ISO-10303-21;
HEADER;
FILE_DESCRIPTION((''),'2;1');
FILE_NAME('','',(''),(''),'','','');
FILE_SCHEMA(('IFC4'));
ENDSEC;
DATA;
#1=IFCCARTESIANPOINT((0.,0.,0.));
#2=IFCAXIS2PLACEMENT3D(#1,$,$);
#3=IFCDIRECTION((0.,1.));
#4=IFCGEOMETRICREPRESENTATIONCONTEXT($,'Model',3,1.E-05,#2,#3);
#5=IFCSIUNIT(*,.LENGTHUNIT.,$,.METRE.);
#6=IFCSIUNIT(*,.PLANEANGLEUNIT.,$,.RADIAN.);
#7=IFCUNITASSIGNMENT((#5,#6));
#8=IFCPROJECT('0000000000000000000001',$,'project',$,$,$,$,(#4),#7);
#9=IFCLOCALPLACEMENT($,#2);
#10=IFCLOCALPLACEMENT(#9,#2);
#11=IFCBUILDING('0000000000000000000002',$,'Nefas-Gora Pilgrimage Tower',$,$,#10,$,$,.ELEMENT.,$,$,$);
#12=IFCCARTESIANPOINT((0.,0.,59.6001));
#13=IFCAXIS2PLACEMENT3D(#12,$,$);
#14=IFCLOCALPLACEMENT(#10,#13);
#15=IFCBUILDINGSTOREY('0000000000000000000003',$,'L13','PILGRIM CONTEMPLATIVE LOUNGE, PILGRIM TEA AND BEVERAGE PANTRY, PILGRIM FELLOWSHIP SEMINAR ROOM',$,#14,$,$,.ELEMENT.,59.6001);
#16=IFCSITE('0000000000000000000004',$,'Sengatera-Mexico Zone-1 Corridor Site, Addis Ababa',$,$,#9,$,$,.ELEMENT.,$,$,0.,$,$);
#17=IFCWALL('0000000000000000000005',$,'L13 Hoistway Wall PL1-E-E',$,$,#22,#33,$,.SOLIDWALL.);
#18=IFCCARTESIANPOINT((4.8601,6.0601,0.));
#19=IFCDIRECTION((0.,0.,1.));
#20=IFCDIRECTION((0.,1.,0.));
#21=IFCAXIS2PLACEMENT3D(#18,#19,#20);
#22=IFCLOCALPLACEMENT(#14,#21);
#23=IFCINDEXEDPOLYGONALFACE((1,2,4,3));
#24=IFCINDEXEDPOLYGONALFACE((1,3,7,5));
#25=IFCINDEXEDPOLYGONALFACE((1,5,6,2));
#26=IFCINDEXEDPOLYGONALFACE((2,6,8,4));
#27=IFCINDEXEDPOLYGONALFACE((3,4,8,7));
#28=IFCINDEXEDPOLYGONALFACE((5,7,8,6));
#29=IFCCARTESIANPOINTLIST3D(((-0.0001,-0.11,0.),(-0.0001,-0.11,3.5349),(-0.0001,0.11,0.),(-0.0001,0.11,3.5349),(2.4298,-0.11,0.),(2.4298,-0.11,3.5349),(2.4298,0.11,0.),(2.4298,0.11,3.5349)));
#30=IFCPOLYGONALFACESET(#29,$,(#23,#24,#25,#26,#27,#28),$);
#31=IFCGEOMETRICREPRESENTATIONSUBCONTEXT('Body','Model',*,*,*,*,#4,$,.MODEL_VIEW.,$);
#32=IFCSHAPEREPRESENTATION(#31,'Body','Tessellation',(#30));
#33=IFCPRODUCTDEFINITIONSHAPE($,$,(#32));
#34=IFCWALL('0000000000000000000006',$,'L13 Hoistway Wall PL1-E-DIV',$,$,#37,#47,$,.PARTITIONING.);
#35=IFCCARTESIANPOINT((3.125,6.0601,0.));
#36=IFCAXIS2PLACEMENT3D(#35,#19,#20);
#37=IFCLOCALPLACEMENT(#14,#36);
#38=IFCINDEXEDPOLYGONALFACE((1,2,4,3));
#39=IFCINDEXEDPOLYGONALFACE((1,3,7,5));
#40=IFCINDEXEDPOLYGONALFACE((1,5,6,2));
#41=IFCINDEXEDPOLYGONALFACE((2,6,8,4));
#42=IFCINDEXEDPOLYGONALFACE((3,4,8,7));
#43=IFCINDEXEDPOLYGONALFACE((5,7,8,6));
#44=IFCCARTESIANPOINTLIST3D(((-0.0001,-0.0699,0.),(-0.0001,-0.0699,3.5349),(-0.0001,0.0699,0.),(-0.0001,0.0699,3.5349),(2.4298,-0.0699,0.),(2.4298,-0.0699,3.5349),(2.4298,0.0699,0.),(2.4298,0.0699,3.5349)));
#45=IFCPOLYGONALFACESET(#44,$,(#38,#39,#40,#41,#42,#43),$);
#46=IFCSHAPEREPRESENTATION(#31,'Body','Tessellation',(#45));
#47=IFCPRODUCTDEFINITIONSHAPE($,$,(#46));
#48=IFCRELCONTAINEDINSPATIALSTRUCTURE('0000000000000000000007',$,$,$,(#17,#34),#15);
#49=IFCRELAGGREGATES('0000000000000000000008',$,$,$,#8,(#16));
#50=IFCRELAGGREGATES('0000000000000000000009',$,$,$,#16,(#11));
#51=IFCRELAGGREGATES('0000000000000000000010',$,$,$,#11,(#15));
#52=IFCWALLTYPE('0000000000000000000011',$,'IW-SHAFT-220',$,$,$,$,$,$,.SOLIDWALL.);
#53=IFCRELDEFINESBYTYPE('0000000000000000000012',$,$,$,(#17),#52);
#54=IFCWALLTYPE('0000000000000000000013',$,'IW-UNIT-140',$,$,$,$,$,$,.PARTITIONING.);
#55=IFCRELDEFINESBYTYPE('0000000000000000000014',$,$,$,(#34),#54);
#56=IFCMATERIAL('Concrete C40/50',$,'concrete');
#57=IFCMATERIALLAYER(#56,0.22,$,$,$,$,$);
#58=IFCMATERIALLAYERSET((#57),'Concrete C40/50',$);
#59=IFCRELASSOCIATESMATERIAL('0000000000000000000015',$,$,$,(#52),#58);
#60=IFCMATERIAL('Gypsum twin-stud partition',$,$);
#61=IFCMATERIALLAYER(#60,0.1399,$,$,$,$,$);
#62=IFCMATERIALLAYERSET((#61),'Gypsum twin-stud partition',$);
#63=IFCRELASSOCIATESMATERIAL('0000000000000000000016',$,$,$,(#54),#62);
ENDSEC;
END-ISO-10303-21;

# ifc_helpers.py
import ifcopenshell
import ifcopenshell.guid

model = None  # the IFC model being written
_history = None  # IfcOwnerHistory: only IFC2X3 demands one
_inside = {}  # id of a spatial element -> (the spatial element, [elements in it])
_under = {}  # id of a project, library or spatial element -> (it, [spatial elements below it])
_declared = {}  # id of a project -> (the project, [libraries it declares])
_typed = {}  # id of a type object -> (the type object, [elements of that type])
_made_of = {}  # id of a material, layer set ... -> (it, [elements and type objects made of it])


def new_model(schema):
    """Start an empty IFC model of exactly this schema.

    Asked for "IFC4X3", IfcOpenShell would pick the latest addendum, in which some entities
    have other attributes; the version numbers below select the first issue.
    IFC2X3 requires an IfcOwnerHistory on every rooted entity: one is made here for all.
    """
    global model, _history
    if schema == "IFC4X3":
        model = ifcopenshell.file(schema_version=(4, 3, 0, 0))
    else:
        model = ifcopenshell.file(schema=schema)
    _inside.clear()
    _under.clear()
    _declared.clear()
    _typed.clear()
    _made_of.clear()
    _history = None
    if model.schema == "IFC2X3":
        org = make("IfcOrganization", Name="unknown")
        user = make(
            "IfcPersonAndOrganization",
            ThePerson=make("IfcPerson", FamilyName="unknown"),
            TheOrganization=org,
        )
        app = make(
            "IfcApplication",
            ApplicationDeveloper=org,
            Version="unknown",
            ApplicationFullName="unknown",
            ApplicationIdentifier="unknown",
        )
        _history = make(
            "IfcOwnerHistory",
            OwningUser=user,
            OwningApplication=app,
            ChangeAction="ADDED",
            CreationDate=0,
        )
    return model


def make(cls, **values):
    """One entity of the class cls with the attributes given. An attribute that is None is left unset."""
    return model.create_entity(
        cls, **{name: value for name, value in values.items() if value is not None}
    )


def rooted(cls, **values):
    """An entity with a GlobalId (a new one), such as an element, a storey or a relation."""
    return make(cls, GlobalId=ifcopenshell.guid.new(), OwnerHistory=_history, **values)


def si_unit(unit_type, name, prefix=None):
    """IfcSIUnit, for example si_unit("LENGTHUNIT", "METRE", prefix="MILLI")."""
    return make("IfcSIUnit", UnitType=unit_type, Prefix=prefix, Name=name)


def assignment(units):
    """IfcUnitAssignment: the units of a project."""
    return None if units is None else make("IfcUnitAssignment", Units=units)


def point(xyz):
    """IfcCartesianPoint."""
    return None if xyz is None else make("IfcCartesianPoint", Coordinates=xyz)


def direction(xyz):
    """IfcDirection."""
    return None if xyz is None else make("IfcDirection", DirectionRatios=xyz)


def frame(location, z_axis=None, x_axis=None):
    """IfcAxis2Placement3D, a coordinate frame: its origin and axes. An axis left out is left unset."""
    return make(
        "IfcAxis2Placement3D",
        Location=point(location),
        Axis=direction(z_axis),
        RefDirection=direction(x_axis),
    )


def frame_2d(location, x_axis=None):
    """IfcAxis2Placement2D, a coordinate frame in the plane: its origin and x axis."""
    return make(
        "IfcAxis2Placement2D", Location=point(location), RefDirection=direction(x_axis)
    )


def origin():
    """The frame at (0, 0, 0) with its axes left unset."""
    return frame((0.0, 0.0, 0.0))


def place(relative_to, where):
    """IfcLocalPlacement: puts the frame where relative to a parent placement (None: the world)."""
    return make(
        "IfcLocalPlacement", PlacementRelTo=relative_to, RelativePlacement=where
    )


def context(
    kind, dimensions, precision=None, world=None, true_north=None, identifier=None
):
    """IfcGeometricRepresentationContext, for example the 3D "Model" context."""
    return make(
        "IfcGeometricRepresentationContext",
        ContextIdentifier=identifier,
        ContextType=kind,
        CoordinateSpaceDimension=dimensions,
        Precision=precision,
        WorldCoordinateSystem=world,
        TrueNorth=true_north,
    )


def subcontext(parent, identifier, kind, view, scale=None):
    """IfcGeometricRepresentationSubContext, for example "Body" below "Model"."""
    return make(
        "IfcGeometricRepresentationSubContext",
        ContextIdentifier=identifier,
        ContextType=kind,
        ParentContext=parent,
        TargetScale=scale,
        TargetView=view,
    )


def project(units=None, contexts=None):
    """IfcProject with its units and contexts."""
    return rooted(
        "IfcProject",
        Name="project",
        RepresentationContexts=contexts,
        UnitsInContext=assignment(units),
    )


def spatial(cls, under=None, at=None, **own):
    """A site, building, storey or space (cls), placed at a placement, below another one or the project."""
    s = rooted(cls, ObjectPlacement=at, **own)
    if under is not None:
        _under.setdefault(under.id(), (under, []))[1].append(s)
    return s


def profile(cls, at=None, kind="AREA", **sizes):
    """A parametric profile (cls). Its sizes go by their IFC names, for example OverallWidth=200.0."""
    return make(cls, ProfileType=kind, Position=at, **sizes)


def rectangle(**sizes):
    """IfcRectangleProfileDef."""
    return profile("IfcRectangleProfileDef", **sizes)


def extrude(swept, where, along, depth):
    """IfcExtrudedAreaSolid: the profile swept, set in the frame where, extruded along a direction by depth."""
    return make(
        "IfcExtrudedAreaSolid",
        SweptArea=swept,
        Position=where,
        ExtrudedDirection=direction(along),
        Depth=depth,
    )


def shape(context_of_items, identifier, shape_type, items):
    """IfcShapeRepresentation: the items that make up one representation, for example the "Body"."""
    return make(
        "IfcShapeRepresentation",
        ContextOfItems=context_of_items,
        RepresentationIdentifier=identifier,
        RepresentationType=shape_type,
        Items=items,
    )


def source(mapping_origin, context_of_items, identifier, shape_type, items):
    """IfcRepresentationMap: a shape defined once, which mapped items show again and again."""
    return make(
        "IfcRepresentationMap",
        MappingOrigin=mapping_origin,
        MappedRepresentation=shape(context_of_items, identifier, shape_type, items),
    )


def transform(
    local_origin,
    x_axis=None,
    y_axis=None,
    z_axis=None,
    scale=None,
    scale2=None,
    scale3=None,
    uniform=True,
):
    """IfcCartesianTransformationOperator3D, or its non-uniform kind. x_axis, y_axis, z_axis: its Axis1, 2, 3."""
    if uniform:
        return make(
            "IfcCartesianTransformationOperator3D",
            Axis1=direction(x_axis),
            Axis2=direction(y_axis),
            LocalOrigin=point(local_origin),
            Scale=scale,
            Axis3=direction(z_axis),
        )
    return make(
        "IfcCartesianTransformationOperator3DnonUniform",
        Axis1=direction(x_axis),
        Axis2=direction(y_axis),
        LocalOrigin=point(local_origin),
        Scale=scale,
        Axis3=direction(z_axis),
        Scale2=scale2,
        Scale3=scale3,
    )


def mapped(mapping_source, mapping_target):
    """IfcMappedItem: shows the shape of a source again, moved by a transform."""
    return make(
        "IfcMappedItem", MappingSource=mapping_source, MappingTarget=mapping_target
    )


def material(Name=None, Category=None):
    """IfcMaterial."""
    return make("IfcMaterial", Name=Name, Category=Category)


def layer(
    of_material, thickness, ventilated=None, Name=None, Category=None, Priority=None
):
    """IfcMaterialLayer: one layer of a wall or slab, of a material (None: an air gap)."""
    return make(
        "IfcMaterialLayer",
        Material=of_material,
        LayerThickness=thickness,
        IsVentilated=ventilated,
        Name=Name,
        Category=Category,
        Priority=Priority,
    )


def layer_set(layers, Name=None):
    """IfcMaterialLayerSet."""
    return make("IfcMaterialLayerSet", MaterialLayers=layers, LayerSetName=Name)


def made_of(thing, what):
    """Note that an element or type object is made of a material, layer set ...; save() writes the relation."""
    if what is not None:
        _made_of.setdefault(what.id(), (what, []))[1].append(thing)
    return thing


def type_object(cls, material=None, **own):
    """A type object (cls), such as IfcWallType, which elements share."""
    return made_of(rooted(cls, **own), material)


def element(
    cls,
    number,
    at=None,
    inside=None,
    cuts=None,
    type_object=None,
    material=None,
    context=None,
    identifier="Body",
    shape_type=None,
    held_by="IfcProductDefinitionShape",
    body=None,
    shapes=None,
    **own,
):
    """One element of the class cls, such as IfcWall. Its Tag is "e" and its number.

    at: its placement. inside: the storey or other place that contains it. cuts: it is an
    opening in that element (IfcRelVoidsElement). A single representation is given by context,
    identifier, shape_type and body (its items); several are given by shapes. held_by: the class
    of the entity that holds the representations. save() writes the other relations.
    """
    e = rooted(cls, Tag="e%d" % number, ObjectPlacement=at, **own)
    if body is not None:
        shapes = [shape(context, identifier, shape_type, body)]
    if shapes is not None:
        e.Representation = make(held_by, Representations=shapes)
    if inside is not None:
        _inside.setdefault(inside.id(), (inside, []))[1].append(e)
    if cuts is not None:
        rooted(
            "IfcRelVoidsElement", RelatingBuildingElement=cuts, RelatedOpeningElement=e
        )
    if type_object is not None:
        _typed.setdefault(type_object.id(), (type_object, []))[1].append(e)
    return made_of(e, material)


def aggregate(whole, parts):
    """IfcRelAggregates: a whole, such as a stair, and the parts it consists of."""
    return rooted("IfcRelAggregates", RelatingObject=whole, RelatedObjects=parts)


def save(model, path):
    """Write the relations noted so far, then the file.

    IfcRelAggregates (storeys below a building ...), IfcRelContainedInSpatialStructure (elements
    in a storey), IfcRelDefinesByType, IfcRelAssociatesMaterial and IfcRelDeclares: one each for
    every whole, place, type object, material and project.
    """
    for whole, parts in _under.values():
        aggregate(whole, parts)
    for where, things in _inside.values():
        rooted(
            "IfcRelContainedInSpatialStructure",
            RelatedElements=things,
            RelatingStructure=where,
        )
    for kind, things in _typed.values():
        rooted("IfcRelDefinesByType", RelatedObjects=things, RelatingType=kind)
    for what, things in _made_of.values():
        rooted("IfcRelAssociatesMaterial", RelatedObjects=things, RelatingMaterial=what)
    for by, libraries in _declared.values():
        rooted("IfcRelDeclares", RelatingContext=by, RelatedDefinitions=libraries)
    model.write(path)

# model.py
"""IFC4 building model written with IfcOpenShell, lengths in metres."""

from ifc_helpers import new_model, si_unit, direction, frame, frame_2d, origin, place, context, subcontext, project, spatial, rectangle, extrude, source, transform, mapped, material, layer, layer_set, type_object, element, save


model = new_model("IFC4")

# Units and contexts
model_context = context("Model", 3, precision=1e-05, world=origin(), true_north=direction((0.0, 1.0)))
body_context = subcontext(model_context, "Body", "Model", "MODEL_VIEW")
ifc_project = project(units=[si_unit("LENGTHUNIT", "METRE"), si_unit("PLANEANGLEUNIT", "RADIAN")], contexts=[model_context])

# Site, building, storey
site_placement = place(None, origin())
site = spatial("IfcSite", under=ifc_project, at=site_placement, Name="Sengatera-Mexico Zone-1 Corridor Site, Addis Ababa", CompositionType="ELEMENT", RefElevation=0.0)
building_placement = place(site_placement, origin())
building = spatial("IfcBuilding", under=site, at=building_placement, Name="Nefas-Gora Pilgrimage Tower", CompositionType="ELEMENT")
storey_placement = place(building_placement, frame((0.0, 0.0, 59.6001)))
storey = spatial("IfcBuildingStorey", under=building, at=storey_placement, Name="L13", Description="PILGRIM CONTEMPLATIVE LOUNGE, PILGRIM TEA AND BEVERAGE PANTRY, PILGRIM FELLOWSHIP SEMINAR ROOM", CompositionType="ELEMENT", Elevation=59.6001)

# Shared definitions
ifc_material_1 = material(Name="Concrete C40/50", Category="concrete")
ifc_layer_1 = layer(ifc_material_1, 0.22)
ifc_layer_set_1 = layer_set([ifc_layer_1], Name="Concrete C40/50")
wall_type_1 = type_object("IfcWallType", Name="IW-SHAFT-220", PredefinedType="SOLIDWALL", material=ifc_layer_set_1)

# Walls
shared_shape_1 = source(origin(), body_context, "Body", "SweptSolid", [
    extrude(rectangle(XDim=2.4299, YDim=0.22, at=frame_2d((1.2148, 0.0))), origin(), (0.0, 0.0, 1.0), 3.5349),
])
wall_1_placement = place(storey_placement, frame((4.8601, 6.0601, 0.0), z_axis=(0.0, 0.0, 1.0), x_axis=(0.0, 1.0, 0.0)))
element("IfcWall", 1, at=wall_1_placement, inside=storey, type_object=wall_type_1, Name="L13 Hoistway Wall PL1-E-E", PredefinedType="SOLIDWALL", context=body_context, shape_type="MappedRepresentation", body=[
    mapped(shared_shape_1, transform((0.0, 0.0, 0.0), x_axis=(1.0, 0.0, 0.0), y_axis=(0.0, 1.0, 0.0), z_axis=(0.0, 0.0, 1.0), scale=1.0)),
])
ifc_material_2 = material(Name="Gypsum twin-stud partition")
ifc_layer_2 = layer(ifc_material_2, 0.1399)
ifc_layer_set_2 = layer_set([ifc_layer_2], Name="Gypsum twin-stud partition")
wall_type_2 = type_object("IfcWallType", Name="IW-UNIT-140", PredefinedType="PARTITIONING", material=ifc_layer_set_2)
shared_shape_2 = source(origin(), body_context, "Body", "SweptSolid", [
    extrude(rectangle(XDim=2.4299, YDim=0.1399, at=frame_2d((1.2148, 0.0))), origin(), (0.0, 0.0, 1.0), 3.5349),
])
wall_2_placement = place(storey_placement, frame((3.125, 6.0601, 0.0), z_axis=(0.0, 0.0, 1.0), x_axis=(0.0, 1.0, 0.0)))
element("IfcWall", 2, at=wall_2_placement, inside=storey, type_object=wall_type_2, Name="L13 Hoistway Wall PL1-E-DIV", PredefinedType="PARTITIONING", context=body_context, shape_type="MappedRepresentation", body=[
    mapped(shared_shape_2, transform((0.0, 0.0, 0.0), x_axis=(1.0, 0.0, 0.0), y_axis=(0.0, 1.0, 0.0), z_axis=(0.0, 0.0, 1.0), scale=1.0)),
])

save(model, "model.ifc")
